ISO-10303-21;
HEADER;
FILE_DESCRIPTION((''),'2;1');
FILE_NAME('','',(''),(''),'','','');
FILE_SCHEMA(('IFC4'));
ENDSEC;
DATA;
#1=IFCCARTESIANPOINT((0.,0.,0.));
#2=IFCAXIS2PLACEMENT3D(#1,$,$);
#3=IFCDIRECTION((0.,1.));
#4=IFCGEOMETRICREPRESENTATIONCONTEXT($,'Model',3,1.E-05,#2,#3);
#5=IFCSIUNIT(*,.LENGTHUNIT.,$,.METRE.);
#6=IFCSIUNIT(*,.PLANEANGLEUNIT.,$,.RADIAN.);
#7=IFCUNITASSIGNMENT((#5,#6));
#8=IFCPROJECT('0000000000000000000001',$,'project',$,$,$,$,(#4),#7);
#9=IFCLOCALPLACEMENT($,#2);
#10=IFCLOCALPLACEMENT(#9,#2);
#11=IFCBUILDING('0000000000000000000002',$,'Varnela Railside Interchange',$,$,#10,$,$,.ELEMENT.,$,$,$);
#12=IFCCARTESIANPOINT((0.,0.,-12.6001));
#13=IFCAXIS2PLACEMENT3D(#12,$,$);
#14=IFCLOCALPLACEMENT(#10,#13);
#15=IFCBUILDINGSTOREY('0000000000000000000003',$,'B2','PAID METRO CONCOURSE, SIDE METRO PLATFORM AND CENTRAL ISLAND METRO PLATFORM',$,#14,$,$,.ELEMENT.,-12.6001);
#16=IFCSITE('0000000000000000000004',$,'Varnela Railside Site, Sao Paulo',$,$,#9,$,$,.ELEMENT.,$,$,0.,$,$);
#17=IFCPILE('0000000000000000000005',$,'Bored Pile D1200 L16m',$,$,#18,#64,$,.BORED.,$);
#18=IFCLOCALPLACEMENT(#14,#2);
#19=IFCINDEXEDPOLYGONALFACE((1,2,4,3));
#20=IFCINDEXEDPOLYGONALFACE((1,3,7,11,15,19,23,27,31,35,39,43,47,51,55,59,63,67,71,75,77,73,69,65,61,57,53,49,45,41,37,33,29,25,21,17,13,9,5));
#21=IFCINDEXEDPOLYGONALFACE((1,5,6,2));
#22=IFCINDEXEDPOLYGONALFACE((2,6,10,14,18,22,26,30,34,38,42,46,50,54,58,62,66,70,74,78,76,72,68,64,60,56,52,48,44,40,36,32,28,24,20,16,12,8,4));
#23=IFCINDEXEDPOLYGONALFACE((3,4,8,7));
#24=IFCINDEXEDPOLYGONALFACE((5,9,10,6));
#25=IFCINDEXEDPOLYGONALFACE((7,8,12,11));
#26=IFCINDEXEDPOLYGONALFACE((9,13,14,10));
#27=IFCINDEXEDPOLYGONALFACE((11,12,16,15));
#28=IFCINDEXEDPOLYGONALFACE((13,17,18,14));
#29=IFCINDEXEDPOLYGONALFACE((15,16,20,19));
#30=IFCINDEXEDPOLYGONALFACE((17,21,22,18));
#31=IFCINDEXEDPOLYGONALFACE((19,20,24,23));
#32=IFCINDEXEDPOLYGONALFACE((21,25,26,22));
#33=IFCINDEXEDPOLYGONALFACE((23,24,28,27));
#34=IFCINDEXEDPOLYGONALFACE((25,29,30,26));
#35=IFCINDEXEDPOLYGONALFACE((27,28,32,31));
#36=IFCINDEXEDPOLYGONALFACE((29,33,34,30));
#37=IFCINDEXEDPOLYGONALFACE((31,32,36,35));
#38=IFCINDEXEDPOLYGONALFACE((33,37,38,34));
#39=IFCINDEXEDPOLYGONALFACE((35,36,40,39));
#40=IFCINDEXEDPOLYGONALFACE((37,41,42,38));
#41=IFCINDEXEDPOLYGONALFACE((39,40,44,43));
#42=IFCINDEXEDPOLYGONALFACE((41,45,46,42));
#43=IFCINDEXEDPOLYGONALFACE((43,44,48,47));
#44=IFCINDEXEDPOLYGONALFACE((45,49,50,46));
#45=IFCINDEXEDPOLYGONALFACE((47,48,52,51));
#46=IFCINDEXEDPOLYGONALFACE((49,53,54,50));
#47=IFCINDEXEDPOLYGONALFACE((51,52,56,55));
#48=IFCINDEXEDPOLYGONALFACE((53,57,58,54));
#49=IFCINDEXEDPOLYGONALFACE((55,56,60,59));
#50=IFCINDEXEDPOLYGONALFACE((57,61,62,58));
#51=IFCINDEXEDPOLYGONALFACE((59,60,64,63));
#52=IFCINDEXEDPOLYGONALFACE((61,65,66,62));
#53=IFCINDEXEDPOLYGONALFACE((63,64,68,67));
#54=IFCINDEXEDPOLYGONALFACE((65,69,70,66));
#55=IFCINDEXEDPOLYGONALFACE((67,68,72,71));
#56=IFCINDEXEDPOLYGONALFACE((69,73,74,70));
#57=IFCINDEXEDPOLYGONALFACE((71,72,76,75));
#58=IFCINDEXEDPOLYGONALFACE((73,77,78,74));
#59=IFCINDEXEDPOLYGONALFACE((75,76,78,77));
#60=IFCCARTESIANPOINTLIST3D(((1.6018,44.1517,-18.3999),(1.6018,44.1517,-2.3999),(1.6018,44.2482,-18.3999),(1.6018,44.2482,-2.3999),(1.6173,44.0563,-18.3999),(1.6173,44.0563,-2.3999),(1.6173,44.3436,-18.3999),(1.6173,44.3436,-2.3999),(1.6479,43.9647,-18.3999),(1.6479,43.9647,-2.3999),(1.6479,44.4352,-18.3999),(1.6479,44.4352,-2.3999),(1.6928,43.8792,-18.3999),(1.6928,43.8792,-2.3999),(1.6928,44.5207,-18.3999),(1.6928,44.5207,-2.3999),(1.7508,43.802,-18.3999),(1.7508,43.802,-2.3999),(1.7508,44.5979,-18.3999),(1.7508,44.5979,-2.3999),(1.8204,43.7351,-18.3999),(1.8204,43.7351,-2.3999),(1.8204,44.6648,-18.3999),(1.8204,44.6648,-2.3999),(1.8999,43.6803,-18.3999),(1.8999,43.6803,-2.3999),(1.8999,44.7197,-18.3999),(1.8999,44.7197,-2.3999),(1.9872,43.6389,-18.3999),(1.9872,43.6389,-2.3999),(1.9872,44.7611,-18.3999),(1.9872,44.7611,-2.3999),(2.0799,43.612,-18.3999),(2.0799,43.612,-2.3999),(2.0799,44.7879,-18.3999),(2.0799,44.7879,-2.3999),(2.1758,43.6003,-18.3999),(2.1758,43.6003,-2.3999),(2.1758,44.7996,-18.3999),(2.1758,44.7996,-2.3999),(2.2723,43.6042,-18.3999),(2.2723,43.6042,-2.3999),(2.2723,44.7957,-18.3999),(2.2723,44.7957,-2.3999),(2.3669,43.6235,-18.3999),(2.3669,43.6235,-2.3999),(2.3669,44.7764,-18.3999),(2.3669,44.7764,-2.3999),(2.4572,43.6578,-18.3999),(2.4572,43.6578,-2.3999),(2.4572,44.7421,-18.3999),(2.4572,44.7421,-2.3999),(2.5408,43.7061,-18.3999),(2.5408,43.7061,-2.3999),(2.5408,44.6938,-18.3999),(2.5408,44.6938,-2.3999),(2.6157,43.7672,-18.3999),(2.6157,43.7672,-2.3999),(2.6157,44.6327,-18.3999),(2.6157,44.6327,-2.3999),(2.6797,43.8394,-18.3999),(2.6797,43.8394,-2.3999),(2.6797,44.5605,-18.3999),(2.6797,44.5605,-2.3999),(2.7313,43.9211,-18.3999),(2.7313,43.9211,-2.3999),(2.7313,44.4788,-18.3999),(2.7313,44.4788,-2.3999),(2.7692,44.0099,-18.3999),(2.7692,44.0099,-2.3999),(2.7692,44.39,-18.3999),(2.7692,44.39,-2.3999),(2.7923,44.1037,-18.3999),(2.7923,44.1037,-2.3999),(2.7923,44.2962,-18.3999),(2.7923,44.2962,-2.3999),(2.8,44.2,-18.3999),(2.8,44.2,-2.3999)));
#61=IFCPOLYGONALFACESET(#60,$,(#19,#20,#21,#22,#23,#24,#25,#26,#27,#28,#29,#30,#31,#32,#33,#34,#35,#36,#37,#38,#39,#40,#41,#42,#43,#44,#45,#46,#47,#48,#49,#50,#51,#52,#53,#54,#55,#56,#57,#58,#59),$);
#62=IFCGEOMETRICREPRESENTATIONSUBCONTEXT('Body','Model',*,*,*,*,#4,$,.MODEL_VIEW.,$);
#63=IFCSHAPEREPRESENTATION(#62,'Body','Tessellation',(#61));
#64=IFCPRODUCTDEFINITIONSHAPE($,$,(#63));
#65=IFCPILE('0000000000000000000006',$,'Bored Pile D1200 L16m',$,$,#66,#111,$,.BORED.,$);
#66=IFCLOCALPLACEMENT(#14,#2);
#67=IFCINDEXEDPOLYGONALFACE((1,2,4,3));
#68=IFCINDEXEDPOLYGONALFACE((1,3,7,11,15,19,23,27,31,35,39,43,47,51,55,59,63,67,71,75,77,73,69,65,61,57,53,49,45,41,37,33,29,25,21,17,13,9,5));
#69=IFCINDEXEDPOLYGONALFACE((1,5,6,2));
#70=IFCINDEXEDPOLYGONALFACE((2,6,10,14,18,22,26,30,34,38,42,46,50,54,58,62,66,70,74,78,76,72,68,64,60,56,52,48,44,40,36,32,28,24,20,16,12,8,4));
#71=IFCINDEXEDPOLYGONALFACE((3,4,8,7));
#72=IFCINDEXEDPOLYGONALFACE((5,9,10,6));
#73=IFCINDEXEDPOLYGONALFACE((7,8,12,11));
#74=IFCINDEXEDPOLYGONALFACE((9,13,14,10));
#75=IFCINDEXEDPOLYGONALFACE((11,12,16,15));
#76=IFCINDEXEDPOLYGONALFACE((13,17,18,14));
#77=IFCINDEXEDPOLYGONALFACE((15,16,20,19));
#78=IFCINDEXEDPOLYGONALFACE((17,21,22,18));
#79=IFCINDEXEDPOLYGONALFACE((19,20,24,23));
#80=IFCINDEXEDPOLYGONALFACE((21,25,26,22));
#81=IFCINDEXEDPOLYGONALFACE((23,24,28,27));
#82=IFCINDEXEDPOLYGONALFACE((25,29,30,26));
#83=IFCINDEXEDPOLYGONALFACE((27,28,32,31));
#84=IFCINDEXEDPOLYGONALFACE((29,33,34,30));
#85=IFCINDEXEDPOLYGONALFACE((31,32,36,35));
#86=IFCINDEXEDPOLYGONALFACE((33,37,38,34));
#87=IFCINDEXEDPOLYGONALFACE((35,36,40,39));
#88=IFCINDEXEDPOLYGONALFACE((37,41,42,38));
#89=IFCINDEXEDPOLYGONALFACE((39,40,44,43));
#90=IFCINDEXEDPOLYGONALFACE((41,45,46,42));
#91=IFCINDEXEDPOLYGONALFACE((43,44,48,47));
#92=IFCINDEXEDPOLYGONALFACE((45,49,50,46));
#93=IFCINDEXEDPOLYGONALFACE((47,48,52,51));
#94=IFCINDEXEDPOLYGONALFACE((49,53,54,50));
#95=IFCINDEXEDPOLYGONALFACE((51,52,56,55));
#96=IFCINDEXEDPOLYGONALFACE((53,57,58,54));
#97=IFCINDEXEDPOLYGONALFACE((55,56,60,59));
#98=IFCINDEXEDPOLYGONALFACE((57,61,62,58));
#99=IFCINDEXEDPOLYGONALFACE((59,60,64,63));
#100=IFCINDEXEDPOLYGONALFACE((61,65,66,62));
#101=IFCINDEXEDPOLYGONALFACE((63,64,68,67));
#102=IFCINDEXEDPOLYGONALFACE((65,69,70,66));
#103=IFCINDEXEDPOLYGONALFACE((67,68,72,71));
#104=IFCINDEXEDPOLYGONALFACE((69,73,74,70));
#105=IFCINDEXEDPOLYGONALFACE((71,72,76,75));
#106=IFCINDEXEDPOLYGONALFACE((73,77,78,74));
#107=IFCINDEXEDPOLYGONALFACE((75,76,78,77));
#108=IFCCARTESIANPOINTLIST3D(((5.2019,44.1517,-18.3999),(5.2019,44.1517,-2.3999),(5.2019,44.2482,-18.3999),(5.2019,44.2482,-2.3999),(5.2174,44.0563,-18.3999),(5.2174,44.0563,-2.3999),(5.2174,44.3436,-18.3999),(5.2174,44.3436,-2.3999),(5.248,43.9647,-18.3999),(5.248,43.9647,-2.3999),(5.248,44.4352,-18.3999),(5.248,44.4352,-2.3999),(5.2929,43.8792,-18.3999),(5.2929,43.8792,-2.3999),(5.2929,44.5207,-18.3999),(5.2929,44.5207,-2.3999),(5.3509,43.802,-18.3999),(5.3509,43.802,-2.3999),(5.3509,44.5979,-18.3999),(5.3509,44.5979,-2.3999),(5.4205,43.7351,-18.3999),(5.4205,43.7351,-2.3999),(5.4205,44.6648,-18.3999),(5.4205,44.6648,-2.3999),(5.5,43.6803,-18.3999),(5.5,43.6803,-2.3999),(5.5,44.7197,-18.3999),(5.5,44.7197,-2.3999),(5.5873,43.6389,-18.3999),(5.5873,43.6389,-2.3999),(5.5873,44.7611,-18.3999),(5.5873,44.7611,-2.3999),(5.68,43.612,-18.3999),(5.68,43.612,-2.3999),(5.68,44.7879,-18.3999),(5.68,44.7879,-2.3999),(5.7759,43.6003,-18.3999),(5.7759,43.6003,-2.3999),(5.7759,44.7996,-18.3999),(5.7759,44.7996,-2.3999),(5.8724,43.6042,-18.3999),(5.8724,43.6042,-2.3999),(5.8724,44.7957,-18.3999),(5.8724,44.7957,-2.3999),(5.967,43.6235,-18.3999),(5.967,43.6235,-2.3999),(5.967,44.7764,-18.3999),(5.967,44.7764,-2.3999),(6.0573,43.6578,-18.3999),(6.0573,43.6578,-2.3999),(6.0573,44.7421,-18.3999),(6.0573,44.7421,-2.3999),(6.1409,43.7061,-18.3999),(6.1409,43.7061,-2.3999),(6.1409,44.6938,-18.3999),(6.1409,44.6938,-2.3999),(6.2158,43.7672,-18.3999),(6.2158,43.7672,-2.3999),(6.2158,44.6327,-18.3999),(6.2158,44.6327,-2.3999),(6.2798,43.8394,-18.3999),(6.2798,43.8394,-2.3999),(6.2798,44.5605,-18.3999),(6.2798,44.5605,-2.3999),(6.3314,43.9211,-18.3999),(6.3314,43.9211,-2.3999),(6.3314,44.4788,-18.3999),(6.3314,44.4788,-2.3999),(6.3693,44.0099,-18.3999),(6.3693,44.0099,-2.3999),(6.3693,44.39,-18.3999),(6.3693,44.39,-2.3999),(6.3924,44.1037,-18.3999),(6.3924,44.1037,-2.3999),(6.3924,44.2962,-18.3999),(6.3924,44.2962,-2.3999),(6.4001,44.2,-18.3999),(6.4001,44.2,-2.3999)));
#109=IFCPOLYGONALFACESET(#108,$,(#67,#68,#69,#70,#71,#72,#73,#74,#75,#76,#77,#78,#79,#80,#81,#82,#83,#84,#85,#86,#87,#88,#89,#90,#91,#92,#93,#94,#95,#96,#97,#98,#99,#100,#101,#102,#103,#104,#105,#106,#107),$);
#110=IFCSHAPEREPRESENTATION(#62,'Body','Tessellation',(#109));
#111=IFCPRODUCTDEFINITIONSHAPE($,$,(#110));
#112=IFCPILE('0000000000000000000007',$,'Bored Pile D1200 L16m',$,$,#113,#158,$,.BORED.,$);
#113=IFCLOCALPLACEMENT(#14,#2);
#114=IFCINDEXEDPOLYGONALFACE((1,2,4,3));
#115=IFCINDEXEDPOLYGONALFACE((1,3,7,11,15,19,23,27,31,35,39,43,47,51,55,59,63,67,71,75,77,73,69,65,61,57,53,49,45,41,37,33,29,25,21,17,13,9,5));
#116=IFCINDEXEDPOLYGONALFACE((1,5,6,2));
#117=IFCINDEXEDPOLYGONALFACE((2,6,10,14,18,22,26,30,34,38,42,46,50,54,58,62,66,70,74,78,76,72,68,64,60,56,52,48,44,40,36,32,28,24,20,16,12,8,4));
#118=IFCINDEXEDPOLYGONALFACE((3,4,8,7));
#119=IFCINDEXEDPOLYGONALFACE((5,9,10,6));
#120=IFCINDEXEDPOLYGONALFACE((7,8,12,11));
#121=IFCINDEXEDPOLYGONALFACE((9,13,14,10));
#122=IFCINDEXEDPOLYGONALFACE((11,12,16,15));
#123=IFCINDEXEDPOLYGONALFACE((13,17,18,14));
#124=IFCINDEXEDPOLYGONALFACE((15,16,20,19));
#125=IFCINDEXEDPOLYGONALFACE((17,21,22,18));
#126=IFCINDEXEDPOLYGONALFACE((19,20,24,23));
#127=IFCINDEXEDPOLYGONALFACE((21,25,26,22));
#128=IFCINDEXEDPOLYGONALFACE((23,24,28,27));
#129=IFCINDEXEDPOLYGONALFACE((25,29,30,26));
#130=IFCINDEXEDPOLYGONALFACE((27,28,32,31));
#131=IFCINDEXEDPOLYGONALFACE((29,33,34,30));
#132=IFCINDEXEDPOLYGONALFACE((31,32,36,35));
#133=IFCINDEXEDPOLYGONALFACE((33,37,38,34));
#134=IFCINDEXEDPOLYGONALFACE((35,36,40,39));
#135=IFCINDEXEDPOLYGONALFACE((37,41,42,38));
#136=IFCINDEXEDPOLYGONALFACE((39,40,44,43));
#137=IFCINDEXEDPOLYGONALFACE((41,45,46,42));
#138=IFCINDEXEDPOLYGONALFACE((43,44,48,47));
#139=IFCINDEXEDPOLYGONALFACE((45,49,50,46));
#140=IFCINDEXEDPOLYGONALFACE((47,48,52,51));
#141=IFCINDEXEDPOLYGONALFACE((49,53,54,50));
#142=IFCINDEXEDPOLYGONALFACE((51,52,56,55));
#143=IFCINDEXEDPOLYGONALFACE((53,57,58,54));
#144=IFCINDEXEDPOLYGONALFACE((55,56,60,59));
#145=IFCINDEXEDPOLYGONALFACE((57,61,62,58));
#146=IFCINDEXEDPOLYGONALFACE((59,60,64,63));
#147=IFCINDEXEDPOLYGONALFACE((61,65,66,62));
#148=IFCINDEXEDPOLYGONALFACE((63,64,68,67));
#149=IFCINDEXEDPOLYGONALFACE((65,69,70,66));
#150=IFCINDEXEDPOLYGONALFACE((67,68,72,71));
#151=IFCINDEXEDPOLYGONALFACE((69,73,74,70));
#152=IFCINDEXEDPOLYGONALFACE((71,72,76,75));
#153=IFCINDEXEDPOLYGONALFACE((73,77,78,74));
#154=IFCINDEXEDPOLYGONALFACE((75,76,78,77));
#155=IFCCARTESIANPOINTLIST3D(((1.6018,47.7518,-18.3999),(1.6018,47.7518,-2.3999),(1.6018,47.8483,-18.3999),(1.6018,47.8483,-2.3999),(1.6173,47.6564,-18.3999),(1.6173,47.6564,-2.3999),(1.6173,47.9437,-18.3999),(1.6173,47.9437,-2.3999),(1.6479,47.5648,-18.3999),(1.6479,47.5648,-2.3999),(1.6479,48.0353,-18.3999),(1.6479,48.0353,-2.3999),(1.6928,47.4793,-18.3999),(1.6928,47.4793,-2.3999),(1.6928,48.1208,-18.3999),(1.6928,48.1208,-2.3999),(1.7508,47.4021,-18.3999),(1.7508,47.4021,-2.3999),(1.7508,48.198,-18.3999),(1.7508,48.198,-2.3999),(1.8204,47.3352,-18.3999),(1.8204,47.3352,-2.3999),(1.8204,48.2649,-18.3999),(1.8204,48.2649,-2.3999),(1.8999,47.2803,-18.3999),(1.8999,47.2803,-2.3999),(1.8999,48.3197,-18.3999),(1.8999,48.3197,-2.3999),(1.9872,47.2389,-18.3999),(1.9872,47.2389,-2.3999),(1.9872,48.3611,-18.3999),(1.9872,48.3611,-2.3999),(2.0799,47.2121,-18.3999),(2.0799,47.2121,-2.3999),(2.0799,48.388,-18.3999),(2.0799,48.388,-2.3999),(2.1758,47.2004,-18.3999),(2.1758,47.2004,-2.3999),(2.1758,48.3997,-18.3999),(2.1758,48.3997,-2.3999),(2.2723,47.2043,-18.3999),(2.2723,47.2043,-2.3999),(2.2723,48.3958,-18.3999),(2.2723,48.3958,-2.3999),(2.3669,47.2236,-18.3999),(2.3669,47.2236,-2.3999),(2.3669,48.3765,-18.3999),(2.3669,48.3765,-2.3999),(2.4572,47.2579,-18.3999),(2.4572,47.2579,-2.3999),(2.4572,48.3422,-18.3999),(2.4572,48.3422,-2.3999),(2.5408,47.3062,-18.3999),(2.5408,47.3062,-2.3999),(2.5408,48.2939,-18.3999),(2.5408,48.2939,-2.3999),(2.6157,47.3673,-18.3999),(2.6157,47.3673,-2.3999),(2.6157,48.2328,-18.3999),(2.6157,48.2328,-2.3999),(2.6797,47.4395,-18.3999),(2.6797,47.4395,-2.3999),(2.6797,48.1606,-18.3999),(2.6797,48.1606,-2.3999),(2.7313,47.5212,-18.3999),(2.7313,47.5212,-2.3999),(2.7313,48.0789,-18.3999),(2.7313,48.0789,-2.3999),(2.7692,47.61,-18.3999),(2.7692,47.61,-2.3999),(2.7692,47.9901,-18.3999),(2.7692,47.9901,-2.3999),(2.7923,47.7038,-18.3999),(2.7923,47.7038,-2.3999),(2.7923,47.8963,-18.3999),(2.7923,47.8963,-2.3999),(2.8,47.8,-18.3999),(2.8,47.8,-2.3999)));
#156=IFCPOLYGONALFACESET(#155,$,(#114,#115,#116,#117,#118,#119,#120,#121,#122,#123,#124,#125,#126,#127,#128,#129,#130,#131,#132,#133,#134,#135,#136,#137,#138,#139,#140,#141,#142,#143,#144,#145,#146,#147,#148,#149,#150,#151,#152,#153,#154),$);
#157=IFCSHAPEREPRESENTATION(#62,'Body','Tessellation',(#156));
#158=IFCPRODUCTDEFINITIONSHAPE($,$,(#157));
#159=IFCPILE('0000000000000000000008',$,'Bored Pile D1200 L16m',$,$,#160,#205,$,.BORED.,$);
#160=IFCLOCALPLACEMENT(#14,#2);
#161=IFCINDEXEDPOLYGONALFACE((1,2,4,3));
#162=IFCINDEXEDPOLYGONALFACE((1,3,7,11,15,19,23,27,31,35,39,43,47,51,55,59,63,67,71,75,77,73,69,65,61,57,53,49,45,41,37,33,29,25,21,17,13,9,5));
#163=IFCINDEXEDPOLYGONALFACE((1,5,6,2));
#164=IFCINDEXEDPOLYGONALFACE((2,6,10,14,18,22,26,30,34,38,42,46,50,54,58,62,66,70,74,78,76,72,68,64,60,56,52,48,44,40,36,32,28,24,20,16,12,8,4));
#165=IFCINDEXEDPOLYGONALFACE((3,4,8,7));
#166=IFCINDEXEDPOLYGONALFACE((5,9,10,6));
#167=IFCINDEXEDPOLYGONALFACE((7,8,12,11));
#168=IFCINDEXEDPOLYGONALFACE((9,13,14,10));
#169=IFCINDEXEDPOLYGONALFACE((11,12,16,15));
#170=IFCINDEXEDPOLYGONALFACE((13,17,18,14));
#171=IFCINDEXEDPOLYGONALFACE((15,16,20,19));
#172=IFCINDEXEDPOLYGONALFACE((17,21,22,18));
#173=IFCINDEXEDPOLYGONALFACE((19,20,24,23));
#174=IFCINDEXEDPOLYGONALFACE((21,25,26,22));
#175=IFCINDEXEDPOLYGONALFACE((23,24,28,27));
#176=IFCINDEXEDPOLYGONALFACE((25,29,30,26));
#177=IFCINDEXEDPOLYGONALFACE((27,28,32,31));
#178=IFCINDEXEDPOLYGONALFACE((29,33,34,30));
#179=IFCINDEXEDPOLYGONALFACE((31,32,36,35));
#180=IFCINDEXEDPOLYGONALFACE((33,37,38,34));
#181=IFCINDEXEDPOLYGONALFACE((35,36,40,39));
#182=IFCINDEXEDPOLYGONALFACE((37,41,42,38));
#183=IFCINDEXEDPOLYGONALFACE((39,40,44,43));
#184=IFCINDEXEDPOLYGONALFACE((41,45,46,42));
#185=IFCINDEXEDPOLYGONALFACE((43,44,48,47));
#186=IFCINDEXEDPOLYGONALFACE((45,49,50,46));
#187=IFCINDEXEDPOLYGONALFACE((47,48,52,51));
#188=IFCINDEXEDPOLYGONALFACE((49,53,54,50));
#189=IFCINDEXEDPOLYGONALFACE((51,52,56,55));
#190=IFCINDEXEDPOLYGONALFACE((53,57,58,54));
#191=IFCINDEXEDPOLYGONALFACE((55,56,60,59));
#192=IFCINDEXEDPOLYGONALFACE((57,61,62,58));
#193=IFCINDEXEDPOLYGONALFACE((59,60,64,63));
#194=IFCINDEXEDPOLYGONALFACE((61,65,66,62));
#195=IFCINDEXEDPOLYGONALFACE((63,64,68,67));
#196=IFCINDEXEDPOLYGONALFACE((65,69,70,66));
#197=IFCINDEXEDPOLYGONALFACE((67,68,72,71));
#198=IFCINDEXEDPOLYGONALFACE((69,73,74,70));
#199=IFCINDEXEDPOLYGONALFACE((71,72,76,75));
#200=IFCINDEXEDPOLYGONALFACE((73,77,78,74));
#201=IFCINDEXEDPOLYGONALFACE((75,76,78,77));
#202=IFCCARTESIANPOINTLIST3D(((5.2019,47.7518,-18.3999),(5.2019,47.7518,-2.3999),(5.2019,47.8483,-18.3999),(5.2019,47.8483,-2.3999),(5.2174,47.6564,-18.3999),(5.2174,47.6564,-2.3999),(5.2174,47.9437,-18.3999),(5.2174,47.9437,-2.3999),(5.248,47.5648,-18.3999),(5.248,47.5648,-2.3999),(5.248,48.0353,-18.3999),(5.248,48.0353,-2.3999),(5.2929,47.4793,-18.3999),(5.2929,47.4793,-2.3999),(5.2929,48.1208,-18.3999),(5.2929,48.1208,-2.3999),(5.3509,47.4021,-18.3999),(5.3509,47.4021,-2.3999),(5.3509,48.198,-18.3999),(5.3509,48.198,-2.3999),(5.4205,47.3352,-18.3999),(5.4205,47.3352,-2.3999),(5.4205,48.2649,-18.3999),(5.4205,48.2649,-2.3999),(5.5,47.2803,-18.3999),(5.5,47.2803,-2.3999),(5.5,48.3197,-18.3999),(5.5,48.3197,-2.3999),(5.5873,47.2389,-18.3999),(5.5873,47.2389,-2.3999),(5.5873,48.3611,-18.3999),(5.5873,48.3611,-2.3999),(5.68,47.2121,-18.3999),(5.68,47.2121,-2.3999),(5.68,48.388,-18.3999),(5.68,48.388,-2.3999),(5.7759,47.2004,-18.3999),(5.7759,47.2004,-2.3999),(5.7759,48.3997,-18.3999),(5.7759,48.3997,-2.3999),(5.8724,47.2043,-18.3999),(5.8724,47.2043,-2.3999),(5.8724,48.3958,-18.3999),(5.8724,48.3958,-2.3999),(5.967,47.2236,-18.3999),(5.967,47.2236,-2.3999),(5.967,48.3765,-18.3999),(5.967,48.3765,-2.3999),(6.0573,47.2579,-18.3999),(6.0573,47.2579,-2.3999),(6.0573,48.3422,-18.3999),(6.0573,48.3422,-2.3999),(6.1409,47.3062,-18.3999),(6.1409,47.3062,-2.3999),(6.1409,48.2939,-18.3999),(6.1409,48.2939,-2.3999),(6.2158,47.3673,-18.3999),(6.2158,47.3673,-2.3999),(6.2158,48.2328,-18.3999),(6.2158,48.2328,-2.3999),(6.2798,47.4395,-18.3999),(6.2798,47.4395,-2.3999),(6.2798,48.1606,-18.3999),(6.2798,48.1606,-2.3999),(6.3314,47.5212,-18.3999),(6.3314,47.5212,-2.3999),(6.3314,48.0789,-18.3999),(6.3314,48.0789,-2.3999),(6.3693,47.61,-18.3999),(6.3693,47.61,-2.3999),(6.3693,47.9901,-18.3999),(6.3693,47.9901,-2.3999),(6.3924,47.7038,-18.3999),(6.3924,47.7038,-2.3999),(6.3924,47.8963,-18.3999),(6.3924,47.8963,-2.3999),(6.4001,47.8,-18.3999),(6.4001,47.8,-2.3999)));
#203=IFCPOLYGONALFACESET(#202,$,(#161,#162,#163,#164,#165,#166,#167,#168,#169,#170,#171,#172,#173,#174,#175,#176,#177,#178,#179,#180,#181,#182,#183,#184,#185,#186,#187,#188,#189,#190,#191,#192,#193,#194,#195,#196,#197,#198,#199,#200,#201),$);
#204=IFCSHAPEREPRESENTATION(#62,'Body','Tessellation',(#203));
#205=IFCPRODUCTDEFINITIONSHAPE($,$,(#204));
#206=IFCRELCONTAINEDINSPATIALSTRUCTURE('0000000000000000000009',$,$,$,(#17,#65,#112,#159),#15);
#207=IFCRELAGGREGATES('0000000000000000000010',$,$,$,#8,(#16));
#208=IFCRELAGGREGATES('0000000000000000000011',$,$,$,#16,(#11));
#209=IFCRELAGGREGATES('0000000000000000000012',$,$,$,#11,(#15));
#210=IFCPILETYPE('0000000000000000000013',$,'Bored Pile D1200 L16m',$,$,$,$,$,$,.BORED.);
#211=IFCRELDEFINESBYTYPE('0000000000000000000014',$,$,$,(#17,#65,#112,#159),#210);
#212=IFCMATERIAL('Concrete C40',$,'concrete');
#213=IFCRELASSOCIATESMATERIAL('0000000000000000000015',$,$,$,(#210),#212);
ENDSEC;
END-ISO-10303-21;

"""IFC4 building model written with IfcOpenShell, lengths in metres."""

from ifc_helpers import new_model, si_unit, direction, frame, origin, origin_2d, place, context, subcontext, project, spatial, circle, extrude, material, material_profile, profile_set, type_object, element, save


model = new_model("IFC4")

# Units and contexts
model_context = context("Model", 3, precision=1e-05, world=origin(), true_north=direction((0.0, 1.0)))
body_context = subcontext(model_context, "Body", "Model", "MODEL_VIEW")
ifc_project = project(units=[si_unit("LENGTHUNIT", "METRE"), si_unit("PLANEANGLEUNIT", "RADIAN")], contexts=[model_context])

# Site, building, storey
site_placement = place(None, origin())
site = spatial("IfcSite", under=ifc_project, at=site_placement, Name="Varnela Railside Site, Sao Paulo", CompositionType="ELEMENT", RefElevation=0.0)
building_placement = place(site_placement, origin())
building = spatial("IfcBuilding", under=site, at=building_placement, Name="Varnela Railside Interchange", CompositionType="ELEMENT")
storey_placement = place(building_placement, frame((0.0, 0.0, -12.6001)))
storey = spatial("IfcBuildingStorey", under=building, at=storey_placement, Name="B2", Description="PAID METRO CONCOURSE, SIDE METRO PLATFORM AND CENTRAL ISLAND METRO PLATFORM", CompositionType="ELEMENT", Elevation=-12.6001)

# Piles
ifc_material_1 = material(Name="Concrete C40", Category="concrete")
ifc_material_profile_1 = material_profile(ifc_material_1, circle(Radius=0.6001, at=origin_2d()), Name="BORED PILE D1200")
ifc_profile_set_1 = profile_set([ifc_material_profile_1], Name="Concrete C40")
pile_type_1 = type_object("IfcPileType", Name="Bored Pile D1200 L16m", PredefinedType="BORED", material=ifc_profile_set_1)
for number, where, z_axis, x_axis, name in (
    (1, (2.2, 44.2, -2.3999), (0.0, 0.0, -1.0), (1.0, 0.0, 0.0), "Bored Pile D1200 L16m"),
    (2, (5.8, 44.2, -2.3999), (0.0, 0.0, -1.0), (1.0, 0.0, 0.0), "Bored Pile D1200 L16m"),
    (3, (2.2, 47.8, -2.3999), (0.0, 0.0, -1.0), (1.0, 0.0, 0.0), "Bored Pile D1200 L16m"),
    (4, (5.8, 47.8, -2.3999), (0.0, 0.0, -1.0), (1.0, 0.0, 0.0), "Bored Pile D1200 L16m"),
):
    element("IfcPile", number, at=place(storey_placement, frame(where, z_axis=z_axis, x_axis=x_axis)), inside=storey, type_object=pile_type_1, Name=name, PredefinedType="BORED", context=body_context, shape_type="SweptSolid", body=[
        extrude(circle(Radius=0.6001, at=origin_2d()), origin(), (0.0, 0.0, 1.0), 16.0),
    ])

save(model, "model.ifc")
